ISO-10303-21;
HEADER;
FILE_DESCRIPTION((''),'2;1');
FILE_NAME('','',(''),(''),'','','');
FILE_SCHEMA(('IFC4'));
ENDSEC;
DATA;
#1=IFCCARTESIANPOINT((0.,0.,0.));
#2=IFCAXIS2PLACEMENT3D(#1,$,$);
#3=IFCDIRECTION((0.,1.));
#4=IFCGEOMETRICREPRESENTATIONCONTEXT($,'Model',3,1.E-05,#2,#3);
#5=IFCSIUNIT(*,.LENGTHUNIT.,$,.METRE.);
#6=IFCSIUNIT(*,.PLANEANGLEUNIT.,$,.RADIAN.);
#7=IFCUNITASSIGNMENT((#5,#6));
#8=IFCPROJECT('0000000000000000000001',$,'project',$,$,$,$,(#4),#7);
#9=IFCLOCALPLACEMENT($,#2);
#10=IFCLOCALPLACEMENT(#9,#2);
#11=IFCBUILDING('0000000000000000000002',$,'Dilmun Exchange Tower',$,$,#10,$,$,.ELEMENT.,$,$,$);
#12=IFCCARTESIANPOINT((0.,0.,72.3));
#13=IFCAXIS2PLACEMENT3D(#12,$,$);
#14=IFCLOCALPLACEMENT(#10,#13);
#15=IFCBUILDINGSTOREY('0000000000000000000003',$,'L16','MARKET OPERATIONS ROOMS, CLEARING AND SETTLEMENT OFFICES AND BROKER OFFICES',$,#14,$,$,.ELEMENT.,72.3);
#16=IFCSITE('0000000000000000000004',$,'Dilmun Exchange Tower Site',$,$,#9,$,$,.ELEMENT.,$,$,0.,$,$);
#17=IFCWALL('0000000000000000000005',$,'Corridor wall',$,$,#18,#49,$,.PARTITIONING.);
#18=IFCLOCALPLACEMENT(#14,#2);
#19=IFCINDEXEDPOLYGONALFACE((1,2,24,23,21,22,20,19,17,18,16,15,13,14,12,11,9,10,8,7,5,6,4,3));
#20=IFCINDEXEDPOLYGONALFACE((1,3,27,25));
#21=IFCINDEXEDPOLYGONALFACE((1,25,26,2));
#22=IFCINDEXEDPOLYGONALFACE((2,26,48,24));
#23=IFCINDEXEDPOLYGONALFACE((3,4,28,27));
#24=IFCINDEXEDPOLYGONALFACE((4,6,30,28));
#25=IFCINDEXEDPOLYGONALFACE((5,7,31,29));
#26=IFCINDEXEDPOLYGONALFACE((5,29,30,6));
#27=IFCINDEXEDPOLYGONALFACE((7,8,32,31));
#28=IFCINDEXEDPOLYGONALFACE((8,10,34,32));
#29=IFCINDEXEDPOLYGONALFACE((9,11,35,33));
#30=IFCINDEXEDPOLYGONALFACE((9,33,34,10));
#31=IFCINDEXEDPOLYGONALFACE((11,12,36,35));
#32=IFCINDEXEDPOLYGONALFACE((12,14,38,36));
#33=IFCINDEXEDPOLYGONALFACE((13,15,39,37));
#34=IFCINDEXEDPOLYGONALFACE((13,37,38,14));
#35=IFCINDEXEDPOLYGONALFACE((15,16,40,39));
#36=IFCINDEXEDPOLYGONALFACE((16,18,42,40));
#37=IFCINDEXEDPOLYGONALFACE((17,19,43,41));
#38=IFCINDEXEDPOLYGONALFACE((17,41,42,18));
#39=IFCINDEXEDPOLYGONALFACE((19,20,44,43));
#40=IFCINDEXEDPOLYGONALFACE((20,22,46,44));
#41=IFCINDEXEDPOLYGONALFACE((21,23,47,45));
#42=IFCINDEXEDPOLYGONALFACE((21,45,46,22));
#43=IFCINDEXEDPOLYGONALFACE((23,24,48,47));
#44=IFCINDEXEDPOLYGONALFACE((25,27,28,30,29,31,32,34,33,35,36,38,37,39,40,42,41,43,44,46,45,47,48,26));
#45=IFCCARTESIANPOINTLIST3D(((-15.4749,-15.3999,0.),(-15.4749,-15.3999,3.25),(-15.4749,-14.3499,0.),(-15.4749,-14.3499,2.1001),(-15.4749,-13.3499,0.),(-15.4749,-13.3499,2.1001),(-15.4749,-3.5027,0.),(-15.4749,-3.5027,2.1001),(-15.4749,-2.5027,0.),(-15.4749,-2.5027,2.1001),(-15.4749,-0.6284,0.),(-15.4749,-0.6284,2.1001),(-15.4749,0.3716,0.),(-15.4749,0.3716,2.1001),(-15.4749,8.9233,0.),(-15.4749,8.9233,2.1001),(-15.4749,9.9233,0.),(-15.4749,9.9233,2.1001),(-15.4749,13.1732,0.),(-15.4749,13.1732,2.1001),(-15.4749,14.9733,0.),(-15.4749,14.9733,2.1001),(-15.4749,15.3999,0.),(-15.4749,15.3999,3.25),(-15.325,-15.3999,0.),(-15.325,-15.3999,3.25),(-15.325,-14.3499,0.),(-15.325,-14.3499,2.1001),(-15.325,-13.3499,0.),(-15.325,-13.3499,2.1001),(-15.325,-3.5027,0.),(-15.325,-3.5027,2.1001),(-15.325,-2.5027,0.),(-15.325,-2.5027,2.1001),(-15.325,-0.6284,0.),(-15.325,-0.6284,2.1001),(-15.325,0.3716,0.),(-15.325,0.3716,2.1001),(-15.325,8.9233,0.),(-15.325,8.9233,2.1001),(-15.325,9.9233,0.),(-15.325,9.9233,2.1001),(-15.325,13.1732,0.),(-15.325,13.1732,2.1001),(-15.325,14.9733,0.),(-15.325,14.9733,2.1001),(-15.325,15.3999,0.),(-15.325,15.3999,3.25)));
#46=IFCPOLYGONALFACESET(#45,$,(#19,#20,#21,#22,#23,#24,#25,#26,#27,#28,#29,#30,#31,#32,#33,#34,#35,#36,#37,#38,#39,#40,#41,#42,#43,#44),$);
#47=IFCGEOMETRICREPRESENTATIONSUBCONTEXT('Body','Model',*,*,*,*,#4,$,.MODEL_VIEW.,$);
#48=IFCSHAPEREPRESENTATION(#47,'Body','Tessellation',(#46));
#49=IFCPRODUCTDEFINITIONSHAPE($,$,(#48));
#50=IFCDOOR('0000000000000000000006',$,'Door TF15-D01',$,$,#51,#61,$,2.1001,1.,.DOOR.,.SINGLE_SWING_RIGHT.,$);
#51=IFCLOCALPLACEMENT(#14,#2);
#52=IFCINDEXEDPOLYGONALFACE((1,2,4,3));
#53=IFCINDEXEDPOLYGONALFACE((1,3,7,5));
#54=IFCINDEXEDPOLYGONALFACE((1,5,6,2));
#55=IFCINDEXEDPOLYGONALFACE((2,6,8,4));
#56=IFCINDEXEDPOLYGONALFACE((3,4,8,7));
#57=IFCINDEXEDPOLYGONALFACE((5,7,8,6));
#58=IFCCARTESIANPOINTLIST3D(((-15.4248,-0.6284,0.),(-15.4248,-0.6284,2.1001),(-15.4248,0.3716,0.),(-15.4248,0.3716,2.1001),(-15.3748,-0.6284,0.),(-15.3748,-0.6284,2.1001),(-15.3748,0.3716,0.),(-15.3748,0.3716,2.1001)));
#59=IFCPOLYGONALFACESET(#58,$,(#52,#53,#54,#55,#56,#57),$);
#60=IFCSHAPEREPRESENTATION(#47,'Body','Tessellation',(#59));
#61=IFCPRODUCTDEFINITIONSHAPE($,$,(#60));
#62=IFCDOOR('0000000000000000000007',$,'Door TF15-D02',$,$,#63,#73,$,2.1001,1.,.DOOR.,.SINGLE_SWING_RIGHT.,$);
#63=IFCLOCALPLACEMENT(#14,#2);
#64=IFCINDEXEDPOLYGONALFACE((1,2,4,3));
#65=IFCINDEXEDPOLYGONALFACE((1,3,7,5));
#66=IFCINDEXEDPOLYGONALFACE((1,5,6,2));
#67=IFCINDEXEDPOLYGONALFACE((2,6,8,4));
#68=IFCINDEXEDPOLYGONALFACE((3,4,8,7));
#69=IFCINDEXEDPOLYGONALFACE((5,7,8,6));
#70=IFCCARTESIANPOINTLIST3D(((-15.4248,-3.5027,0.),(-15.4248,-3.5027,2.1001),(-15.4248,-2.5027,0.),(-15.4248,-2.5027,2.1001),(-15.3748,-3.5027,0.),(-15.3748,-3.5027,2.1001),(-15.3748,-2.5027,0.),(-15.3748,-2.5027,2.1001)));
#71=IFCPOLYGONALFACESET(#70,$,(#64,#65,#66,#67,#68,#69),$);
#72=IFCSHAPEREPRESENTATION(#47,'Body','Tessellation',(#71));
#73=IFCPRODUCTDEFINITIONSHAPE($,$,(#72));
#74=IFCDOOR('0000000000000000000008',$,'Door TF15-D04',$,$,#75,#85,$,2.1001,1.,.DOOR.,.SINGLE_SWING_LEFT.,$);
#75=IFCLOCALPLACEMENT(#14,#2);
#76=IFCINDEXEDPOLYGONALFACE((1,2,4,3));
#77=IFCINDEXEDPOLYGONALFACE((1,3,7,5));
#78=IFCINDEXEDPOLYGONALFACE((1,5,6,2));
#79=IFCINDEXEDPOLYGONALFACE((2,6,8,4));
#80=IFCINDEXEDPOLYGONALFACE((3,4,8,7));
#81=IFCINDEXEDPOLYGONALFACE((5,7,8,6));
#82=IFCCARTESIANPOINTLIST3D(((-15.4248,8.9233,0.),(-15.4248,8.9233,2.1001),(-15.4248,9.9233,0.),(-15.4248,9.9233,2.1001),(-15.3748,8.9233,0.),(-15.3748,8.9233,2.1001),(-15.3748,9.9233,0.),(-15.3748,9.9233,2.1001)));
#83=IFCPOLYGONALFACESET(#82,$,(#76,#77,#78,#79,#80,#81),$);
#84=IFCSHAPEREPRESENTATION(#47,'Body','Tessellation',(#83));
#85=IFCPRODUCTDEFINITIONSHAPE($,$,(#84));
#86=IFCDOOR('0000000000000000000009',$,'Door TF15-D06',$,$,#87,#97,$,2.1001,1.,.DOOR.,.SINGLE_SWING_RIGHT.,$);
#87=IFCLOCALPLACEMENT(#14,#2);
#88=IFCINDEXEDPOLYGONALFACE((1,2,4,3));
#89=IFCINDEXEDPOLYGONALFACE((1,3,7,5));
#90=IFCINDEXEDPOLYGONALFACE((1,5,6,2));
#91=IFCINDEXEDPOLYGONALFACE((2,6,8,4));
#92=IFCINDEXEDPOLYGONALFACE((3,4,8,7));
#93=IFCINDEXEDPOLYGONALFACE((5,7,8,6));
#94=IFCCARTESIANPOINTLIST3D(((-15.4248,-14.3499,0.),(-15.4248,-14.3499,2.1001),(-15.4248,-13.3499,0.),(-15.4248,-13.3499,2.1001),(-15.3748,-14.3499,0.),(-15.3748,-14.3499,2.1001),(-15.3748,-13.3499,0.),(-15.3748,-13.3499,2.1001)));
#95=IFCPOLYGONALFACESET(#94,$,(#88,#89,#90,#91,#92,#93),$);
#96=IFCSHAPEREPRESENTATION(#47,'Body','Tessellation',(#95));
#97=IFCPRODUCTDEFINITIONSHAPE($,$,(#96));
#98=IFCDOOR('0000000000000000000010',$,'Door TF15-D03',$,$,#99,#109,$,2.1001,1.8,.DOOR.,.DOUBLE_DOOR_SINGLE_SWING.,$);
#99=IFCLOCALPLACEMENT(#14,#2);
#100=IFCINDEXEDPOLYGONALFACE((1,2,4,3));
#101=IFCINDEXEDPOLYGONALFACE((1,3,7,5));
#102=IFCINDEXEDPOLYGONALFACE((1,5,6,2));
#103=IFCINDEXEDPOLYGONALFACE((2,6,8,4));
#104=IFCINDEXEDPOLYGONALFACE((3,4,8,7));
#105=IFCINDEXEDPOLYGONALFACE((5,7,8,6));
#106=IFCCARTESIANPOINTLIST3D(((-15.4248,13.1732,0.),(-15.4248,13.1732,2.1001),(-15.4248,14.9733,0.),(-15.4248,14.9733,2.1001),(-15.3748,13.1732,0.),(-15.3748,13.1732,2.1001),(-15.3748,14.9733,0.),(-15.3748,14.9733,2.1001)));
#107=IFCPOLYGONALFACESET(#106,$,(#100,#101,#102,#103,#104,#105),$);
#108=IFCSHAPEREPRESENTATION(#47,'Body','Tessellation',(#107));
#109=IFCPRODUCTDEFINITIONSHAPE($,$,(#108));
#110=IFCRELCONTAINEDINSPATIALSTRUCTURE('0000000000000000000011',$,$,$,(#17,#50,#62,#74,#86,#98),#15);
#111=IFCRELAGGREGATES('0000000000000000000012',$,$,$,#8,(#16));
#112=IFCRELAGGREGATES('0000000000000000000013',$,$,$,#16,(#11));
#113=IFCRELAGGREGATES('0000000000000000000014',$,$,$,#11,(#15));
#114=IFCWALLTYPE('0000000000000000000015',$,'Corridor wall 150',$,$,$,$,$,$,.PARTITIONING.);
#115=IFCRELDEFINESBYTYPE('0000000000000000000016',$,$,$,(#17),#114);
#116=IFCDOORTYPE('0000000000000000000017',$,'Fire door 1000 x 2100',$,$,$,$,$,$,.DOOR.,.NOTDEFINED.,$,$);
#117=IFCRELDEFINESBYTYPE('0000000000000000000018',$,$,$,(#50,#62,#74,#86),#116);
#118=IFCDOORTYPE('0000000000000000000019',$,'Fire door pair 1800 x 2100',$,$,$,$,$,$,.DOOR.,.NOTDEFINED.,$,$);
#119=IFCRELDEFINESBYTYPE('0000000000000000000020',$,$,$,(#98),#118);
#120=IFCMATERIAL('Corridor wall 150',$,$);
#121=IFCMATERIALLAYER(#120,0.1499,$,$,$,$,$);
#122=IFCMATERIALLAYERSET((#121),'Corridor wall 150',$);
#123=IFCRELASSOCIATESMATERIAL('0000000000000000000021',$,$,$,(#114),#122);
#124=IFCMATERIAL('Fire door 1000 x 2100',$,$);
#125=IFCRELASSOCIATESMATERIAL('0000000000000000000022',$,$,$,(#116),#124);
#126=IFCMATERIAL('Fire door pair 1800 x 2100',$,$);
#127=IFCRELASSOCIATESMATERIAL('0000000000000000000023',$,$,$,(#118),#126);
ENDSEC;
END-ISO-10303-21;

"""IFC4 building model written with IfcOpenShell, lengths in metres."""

from ifc_helpers import new_model, si_unit, direction, frame, frame_2d, origin, place, context, subcontext, project, spatial, rectangle, extrude, material, layer, layer_set, type_object, element, fill, save


model = new_model("IFC4")

# Units and contexts
model_context = context("Model", 3, precision=1e-05, world=origin(), true_north=direction((0.0, 1.0)))
body_context = subcontext(model_context, "Body", "Model", "MODEL_VIEW")
ifc_project = project(units=[si_unit("LENGTHUNIT", "METRE"), si_unit("PLANEANGLEUNIT", "RADIAN")], contexts=[model_context])

# Site, building, storey
site_placement = place(None, origin())
site = spatial("IfcSite", under=ifc_project, at=site_placement, Name="Dilmun Exchange Tower Site", CompositionType="ELEMENT", RefElevation=0.0)
building_placement = place(site_placement, origin())
building = spatial("IfcBuilding", under=site, at=building_placement, Name="Dilmun Exchange Tower", CompositionType="ELEMENT")
storey_placement = place(building_placement, frame((0.0, 0.0, 72.3)))
storey = spatial("IfcBuildingStorey", under=building, at=storey_placement, Name="L16", Description="MARKET OPERATIONS ROOMS, CLEARING AND SETTLEMENT OFFICES AND BROKER OFFICES", CompositionType="ELEMENT", Elevation=72.3)

# Wall, openings, doors
ifc_material_1 = material(Name="Corridor wall 150")
ifc_layer_1 = layer(ifc_material_1, 0.1499)
ifc_layer_set_1 = layer_set([ifc_layer_1], Name="Corridor wall 150")
wall_type_1 = type_object("IfcWallType", Name="Corridor wall 150", PredefinedType="PARTITIONING", material=ifc_layer_set_1)
wall_1_placement = place(storey_placement, frame((-15.3999, -15.3999, 0.0), z_axis=(0.0, 0.0, 1.0), x_axis=(0.0, 1.0, 0.0)))
wall_1 = element("IfcWall", 1, at=wall_1_placement, inside=storey, type_object=wall_type_1, Name="Corridor wall", PredefinedType="PARTITIONING", context=body_context, shape_type="SweptSolid", body=[
    extrude(rectangle(XDim=30.7998, YDim=0.1499, at=frame_2d((15.3999, 0.0))), origin(), (0.0, 0.0, 1.0), 3.25),
])
opening_1_placement = place(wall_1_placement, frame((14.7715, 0.0, 0.0)))
opening_1 = element("IfcOpeningElement", 2, at=opening_1_placement, cuts=wall_1, PredefinedType="OPENING", context=body_context, shape_type="SweptSolid", body=[
    extrude(rectangle(XDim=1.0, YDim=2.1001, at=frame_2d((0.5, 1.05))), frame((0.0, 0.085, 0.0), z_axis=(0.0, -1.0, 0.0), x_axis=(1.0, 0.0, 0.0)), (0.0, 0.0, 1.0), 0.1699),
])
opening_2_placement = place(wall_1_placement, frame((11.8972, 0.0, 0.0)))
opening_2 = element("IfcOpeningElement", 3, at=opening_2_placement, cuts=wall_1, PredefinedType="OPENING", context=body_context, shape_type="SweptSolid", body=[
    extrude(rectangle(XDim=1.0, YDim=2.1001, at=frame_2d((0.5, 1.05))), frame((0.0, 0.085, 0.0), z_axis=(0.0, -1.0, 0.0), x_axis=(1.0, 0.0, 0.0)), (0.0, 0.0, 1.0), 0.1699),
])
opening_3_placement = place(wall_1_placement, frame((28.5732, 0.0, 0.0)))
opening_3 = element("IfcOpeningElement", 4, at=opening_3_placement, cuts=wall_1, PredefinedType="OPENING", context=body_context, shape_type="SweptSolid", body=[
    extrude(rectangle(XDim=1.8, YDim=2.1001, at=frame_2d((0.8999, 1.05))), frame((0.0, 0.085, 0.0), z_axis=(0.0, -1.0, 0.0), x_axis=(1.0, 0.0, 0.0)), (0.0, 0.0, 1.0), 0.1699),
])
opening_4_placement = place(wall_1_placement, frame((24.3232, 0.0, 0.0)))
opening_4 = element("IfcOpeningElement", 5, at=opening_4_placement, cuts=wall_1, PredefinedType="OPENING", context=body_context, shape_type="SweptSolid", body=[
    extrude(rectangle(XDim=1.0, YDim=2.1001, at=frame_2d((0.5, 1.05))), frame((0.0, 0.085, 0.0), z_axis=(0.0, -1.0, 0.0), x_axis=(1.0, 0.0, 0.0)), (0.0, 0.0, 1.0), 0.1699),
])
opening_5_placement = place(wall_1_placement, frame((1.05, 0.0, 0.0)))
opening_5 = element("IfcOpeningElement", 6, at=opening_5_placement, cuts=wall_1, PredefinedType="OPENING", context=body_context, shape_type="SweptSolid", body=[
    extrude(rectangle(XDim=1.0, YDim=2.1001, at=frame_2d((0.5, 1.05))), frame((0.0, 0.085, 0.0), z_axis=(0.0, -1.0, 0.0), x_axis=(1.0, 0.0, 0.0)), (0.0, 0.0, 1.0), 0.1699),
])
ifc_material_2 = material(Name="Fire door 1000 x 2100")
door_type_1 = type_object("IfcDoorType", Name="Fire door 1000 x 2100", OperationType="NOTDEFINED", PredefinedType="DOOR", material=ifc_material_2)
door_1_placement = place(opening_1_placement, origin())
door_1 = element("IfcDoor", 7, at=door_1_placement, inside=storey, type_object=door_type_1, Name="Door TF15-D01", OperationType="SINGLE_SWING_RIGHT", OverallHeight=2.1001, OverallWidth=1.0, PredefinedType="DOOR", context=body_context, shape_type="SweptSolid", body=[
    extrude(rectangle(XDim=1.0, YDim=2.1001, at=frame_2d((0.5, 1.05))), frame((0.0, 0.0249, 0.0), z_axis=(0.0, -1.0, 0.0), x_axis=(1.0, 0.0, 0.0)), (0.0, 0.0, 1.0), 0.05),
])
fill(opening_1, door_1)
door_2_placement = place(opening_2_placement, origin())
door_2 = element("IfcDoor", 8, at=door_2_placement, inside=storey, type_object=door_type_1, Name="Door TF15-D02", OperationType="SINGLE_SWING_RIGHT", OverallHeight=2.1001, OverallWidth=1.0, PredefinedType="DOOR", context=body_context, shape_type="SweptSolid", body=[
    extrude(rectangle(XDim=1.0, YDim=2.1001, at=frame_2d((0.5, 1.05))), frame((0.0, 0.0249, 0.0), z_axis=(0.0, -1.0, 0.0), x_axis=(1.0, 0.0, 0.0)), (0.0, 0.0, 1.0), 0.05),
])
fill(opening_2, door_2)
door_3_placement = place(opening_4_placement, origin())
door_3 = element("IfcDoor", 9, at=door_3_placement, inside=storey, type_object=door_type_1, Name="Door TF15-D04", OperationType="SINGLE_SWING_LEFT", OverallHeight=2.1001, OverallWidth=1.0, PredefinedType="DOOR", context=body_context, shape_type="SweptSolid", body=[
    extrude(rectangle(XDim=1.0, YDim=2.1001, at=frame_2d((0.5, 1.05))), frame((0.0, 0.0249, 0.0), z_axis=(0.0, -1.0, 0.0), x_axis=(1.0, 0.0, 0.0)), (0.0, 0.0, 1.0), 0.05),
])
fill(opening_4, door_3)
door_4_placement = place(opening_5_placement, origin())
door_4 = element("IfcDoor", 10, at=door_4_placement, inside=storey, type_object=door_type_1, Name="Door TF15-D06", OperationType="SINGLE_SWING_RIGHT", OverallHeight=2.1001, OverallWidth=1.0, PredefinedType="DOOR", context=body_context, shape_type="SweptSolid", body=[
    extrude(rectangle(XDim=1.0, YDim=2.1001, at=frame_2d((0.5, 1.05))), frame((0.0, 0.0249, 0.0), z_axis=(0.0, -1.0, 0.0), x_axis=(1.0, 0.0, 0.0)), (0.0, 0.0, 1.0), 0.05),
])
fill(opening_5, door_4)
ifc_material_3 = material(Name="Fire door pair 1800 x 2100")
door_type_2 = type_object("IfcDoorType", Name="Fire door pair 1800 x 2100", OperationType="NOTDEFINED", PredefinedType="DOOR", material=ifc_material_3)
door_5_placement = place(opening_3_placement, origin())
door_5 = element("IfcDoor", 11, at=door_5_placement, inside=storey, type_object=door_type_2, Name="Door TF15-D03", OperationType="DOUBLE_DOOR_SINGLE_SWING", OverallHeight=2.1001, OverallWidth=1.8, PredefinedType="DOOR", context=body_context, shape_type="SweptSolid", body=[
    extrude(rectangle(XDim=1.8, YDim=2.1001, at=frame_2d((0.8999, 1.05))), frame((0.0, 0.0249, 0.0), z_axis=(0.0, -1.0, 0.0), x_axis=(1.0, 0.0, 0.0)), (0.0, 0.0, 1.0), 0.05),
])
fill(opening_3, door_5)

save(model, "model.ifc")
